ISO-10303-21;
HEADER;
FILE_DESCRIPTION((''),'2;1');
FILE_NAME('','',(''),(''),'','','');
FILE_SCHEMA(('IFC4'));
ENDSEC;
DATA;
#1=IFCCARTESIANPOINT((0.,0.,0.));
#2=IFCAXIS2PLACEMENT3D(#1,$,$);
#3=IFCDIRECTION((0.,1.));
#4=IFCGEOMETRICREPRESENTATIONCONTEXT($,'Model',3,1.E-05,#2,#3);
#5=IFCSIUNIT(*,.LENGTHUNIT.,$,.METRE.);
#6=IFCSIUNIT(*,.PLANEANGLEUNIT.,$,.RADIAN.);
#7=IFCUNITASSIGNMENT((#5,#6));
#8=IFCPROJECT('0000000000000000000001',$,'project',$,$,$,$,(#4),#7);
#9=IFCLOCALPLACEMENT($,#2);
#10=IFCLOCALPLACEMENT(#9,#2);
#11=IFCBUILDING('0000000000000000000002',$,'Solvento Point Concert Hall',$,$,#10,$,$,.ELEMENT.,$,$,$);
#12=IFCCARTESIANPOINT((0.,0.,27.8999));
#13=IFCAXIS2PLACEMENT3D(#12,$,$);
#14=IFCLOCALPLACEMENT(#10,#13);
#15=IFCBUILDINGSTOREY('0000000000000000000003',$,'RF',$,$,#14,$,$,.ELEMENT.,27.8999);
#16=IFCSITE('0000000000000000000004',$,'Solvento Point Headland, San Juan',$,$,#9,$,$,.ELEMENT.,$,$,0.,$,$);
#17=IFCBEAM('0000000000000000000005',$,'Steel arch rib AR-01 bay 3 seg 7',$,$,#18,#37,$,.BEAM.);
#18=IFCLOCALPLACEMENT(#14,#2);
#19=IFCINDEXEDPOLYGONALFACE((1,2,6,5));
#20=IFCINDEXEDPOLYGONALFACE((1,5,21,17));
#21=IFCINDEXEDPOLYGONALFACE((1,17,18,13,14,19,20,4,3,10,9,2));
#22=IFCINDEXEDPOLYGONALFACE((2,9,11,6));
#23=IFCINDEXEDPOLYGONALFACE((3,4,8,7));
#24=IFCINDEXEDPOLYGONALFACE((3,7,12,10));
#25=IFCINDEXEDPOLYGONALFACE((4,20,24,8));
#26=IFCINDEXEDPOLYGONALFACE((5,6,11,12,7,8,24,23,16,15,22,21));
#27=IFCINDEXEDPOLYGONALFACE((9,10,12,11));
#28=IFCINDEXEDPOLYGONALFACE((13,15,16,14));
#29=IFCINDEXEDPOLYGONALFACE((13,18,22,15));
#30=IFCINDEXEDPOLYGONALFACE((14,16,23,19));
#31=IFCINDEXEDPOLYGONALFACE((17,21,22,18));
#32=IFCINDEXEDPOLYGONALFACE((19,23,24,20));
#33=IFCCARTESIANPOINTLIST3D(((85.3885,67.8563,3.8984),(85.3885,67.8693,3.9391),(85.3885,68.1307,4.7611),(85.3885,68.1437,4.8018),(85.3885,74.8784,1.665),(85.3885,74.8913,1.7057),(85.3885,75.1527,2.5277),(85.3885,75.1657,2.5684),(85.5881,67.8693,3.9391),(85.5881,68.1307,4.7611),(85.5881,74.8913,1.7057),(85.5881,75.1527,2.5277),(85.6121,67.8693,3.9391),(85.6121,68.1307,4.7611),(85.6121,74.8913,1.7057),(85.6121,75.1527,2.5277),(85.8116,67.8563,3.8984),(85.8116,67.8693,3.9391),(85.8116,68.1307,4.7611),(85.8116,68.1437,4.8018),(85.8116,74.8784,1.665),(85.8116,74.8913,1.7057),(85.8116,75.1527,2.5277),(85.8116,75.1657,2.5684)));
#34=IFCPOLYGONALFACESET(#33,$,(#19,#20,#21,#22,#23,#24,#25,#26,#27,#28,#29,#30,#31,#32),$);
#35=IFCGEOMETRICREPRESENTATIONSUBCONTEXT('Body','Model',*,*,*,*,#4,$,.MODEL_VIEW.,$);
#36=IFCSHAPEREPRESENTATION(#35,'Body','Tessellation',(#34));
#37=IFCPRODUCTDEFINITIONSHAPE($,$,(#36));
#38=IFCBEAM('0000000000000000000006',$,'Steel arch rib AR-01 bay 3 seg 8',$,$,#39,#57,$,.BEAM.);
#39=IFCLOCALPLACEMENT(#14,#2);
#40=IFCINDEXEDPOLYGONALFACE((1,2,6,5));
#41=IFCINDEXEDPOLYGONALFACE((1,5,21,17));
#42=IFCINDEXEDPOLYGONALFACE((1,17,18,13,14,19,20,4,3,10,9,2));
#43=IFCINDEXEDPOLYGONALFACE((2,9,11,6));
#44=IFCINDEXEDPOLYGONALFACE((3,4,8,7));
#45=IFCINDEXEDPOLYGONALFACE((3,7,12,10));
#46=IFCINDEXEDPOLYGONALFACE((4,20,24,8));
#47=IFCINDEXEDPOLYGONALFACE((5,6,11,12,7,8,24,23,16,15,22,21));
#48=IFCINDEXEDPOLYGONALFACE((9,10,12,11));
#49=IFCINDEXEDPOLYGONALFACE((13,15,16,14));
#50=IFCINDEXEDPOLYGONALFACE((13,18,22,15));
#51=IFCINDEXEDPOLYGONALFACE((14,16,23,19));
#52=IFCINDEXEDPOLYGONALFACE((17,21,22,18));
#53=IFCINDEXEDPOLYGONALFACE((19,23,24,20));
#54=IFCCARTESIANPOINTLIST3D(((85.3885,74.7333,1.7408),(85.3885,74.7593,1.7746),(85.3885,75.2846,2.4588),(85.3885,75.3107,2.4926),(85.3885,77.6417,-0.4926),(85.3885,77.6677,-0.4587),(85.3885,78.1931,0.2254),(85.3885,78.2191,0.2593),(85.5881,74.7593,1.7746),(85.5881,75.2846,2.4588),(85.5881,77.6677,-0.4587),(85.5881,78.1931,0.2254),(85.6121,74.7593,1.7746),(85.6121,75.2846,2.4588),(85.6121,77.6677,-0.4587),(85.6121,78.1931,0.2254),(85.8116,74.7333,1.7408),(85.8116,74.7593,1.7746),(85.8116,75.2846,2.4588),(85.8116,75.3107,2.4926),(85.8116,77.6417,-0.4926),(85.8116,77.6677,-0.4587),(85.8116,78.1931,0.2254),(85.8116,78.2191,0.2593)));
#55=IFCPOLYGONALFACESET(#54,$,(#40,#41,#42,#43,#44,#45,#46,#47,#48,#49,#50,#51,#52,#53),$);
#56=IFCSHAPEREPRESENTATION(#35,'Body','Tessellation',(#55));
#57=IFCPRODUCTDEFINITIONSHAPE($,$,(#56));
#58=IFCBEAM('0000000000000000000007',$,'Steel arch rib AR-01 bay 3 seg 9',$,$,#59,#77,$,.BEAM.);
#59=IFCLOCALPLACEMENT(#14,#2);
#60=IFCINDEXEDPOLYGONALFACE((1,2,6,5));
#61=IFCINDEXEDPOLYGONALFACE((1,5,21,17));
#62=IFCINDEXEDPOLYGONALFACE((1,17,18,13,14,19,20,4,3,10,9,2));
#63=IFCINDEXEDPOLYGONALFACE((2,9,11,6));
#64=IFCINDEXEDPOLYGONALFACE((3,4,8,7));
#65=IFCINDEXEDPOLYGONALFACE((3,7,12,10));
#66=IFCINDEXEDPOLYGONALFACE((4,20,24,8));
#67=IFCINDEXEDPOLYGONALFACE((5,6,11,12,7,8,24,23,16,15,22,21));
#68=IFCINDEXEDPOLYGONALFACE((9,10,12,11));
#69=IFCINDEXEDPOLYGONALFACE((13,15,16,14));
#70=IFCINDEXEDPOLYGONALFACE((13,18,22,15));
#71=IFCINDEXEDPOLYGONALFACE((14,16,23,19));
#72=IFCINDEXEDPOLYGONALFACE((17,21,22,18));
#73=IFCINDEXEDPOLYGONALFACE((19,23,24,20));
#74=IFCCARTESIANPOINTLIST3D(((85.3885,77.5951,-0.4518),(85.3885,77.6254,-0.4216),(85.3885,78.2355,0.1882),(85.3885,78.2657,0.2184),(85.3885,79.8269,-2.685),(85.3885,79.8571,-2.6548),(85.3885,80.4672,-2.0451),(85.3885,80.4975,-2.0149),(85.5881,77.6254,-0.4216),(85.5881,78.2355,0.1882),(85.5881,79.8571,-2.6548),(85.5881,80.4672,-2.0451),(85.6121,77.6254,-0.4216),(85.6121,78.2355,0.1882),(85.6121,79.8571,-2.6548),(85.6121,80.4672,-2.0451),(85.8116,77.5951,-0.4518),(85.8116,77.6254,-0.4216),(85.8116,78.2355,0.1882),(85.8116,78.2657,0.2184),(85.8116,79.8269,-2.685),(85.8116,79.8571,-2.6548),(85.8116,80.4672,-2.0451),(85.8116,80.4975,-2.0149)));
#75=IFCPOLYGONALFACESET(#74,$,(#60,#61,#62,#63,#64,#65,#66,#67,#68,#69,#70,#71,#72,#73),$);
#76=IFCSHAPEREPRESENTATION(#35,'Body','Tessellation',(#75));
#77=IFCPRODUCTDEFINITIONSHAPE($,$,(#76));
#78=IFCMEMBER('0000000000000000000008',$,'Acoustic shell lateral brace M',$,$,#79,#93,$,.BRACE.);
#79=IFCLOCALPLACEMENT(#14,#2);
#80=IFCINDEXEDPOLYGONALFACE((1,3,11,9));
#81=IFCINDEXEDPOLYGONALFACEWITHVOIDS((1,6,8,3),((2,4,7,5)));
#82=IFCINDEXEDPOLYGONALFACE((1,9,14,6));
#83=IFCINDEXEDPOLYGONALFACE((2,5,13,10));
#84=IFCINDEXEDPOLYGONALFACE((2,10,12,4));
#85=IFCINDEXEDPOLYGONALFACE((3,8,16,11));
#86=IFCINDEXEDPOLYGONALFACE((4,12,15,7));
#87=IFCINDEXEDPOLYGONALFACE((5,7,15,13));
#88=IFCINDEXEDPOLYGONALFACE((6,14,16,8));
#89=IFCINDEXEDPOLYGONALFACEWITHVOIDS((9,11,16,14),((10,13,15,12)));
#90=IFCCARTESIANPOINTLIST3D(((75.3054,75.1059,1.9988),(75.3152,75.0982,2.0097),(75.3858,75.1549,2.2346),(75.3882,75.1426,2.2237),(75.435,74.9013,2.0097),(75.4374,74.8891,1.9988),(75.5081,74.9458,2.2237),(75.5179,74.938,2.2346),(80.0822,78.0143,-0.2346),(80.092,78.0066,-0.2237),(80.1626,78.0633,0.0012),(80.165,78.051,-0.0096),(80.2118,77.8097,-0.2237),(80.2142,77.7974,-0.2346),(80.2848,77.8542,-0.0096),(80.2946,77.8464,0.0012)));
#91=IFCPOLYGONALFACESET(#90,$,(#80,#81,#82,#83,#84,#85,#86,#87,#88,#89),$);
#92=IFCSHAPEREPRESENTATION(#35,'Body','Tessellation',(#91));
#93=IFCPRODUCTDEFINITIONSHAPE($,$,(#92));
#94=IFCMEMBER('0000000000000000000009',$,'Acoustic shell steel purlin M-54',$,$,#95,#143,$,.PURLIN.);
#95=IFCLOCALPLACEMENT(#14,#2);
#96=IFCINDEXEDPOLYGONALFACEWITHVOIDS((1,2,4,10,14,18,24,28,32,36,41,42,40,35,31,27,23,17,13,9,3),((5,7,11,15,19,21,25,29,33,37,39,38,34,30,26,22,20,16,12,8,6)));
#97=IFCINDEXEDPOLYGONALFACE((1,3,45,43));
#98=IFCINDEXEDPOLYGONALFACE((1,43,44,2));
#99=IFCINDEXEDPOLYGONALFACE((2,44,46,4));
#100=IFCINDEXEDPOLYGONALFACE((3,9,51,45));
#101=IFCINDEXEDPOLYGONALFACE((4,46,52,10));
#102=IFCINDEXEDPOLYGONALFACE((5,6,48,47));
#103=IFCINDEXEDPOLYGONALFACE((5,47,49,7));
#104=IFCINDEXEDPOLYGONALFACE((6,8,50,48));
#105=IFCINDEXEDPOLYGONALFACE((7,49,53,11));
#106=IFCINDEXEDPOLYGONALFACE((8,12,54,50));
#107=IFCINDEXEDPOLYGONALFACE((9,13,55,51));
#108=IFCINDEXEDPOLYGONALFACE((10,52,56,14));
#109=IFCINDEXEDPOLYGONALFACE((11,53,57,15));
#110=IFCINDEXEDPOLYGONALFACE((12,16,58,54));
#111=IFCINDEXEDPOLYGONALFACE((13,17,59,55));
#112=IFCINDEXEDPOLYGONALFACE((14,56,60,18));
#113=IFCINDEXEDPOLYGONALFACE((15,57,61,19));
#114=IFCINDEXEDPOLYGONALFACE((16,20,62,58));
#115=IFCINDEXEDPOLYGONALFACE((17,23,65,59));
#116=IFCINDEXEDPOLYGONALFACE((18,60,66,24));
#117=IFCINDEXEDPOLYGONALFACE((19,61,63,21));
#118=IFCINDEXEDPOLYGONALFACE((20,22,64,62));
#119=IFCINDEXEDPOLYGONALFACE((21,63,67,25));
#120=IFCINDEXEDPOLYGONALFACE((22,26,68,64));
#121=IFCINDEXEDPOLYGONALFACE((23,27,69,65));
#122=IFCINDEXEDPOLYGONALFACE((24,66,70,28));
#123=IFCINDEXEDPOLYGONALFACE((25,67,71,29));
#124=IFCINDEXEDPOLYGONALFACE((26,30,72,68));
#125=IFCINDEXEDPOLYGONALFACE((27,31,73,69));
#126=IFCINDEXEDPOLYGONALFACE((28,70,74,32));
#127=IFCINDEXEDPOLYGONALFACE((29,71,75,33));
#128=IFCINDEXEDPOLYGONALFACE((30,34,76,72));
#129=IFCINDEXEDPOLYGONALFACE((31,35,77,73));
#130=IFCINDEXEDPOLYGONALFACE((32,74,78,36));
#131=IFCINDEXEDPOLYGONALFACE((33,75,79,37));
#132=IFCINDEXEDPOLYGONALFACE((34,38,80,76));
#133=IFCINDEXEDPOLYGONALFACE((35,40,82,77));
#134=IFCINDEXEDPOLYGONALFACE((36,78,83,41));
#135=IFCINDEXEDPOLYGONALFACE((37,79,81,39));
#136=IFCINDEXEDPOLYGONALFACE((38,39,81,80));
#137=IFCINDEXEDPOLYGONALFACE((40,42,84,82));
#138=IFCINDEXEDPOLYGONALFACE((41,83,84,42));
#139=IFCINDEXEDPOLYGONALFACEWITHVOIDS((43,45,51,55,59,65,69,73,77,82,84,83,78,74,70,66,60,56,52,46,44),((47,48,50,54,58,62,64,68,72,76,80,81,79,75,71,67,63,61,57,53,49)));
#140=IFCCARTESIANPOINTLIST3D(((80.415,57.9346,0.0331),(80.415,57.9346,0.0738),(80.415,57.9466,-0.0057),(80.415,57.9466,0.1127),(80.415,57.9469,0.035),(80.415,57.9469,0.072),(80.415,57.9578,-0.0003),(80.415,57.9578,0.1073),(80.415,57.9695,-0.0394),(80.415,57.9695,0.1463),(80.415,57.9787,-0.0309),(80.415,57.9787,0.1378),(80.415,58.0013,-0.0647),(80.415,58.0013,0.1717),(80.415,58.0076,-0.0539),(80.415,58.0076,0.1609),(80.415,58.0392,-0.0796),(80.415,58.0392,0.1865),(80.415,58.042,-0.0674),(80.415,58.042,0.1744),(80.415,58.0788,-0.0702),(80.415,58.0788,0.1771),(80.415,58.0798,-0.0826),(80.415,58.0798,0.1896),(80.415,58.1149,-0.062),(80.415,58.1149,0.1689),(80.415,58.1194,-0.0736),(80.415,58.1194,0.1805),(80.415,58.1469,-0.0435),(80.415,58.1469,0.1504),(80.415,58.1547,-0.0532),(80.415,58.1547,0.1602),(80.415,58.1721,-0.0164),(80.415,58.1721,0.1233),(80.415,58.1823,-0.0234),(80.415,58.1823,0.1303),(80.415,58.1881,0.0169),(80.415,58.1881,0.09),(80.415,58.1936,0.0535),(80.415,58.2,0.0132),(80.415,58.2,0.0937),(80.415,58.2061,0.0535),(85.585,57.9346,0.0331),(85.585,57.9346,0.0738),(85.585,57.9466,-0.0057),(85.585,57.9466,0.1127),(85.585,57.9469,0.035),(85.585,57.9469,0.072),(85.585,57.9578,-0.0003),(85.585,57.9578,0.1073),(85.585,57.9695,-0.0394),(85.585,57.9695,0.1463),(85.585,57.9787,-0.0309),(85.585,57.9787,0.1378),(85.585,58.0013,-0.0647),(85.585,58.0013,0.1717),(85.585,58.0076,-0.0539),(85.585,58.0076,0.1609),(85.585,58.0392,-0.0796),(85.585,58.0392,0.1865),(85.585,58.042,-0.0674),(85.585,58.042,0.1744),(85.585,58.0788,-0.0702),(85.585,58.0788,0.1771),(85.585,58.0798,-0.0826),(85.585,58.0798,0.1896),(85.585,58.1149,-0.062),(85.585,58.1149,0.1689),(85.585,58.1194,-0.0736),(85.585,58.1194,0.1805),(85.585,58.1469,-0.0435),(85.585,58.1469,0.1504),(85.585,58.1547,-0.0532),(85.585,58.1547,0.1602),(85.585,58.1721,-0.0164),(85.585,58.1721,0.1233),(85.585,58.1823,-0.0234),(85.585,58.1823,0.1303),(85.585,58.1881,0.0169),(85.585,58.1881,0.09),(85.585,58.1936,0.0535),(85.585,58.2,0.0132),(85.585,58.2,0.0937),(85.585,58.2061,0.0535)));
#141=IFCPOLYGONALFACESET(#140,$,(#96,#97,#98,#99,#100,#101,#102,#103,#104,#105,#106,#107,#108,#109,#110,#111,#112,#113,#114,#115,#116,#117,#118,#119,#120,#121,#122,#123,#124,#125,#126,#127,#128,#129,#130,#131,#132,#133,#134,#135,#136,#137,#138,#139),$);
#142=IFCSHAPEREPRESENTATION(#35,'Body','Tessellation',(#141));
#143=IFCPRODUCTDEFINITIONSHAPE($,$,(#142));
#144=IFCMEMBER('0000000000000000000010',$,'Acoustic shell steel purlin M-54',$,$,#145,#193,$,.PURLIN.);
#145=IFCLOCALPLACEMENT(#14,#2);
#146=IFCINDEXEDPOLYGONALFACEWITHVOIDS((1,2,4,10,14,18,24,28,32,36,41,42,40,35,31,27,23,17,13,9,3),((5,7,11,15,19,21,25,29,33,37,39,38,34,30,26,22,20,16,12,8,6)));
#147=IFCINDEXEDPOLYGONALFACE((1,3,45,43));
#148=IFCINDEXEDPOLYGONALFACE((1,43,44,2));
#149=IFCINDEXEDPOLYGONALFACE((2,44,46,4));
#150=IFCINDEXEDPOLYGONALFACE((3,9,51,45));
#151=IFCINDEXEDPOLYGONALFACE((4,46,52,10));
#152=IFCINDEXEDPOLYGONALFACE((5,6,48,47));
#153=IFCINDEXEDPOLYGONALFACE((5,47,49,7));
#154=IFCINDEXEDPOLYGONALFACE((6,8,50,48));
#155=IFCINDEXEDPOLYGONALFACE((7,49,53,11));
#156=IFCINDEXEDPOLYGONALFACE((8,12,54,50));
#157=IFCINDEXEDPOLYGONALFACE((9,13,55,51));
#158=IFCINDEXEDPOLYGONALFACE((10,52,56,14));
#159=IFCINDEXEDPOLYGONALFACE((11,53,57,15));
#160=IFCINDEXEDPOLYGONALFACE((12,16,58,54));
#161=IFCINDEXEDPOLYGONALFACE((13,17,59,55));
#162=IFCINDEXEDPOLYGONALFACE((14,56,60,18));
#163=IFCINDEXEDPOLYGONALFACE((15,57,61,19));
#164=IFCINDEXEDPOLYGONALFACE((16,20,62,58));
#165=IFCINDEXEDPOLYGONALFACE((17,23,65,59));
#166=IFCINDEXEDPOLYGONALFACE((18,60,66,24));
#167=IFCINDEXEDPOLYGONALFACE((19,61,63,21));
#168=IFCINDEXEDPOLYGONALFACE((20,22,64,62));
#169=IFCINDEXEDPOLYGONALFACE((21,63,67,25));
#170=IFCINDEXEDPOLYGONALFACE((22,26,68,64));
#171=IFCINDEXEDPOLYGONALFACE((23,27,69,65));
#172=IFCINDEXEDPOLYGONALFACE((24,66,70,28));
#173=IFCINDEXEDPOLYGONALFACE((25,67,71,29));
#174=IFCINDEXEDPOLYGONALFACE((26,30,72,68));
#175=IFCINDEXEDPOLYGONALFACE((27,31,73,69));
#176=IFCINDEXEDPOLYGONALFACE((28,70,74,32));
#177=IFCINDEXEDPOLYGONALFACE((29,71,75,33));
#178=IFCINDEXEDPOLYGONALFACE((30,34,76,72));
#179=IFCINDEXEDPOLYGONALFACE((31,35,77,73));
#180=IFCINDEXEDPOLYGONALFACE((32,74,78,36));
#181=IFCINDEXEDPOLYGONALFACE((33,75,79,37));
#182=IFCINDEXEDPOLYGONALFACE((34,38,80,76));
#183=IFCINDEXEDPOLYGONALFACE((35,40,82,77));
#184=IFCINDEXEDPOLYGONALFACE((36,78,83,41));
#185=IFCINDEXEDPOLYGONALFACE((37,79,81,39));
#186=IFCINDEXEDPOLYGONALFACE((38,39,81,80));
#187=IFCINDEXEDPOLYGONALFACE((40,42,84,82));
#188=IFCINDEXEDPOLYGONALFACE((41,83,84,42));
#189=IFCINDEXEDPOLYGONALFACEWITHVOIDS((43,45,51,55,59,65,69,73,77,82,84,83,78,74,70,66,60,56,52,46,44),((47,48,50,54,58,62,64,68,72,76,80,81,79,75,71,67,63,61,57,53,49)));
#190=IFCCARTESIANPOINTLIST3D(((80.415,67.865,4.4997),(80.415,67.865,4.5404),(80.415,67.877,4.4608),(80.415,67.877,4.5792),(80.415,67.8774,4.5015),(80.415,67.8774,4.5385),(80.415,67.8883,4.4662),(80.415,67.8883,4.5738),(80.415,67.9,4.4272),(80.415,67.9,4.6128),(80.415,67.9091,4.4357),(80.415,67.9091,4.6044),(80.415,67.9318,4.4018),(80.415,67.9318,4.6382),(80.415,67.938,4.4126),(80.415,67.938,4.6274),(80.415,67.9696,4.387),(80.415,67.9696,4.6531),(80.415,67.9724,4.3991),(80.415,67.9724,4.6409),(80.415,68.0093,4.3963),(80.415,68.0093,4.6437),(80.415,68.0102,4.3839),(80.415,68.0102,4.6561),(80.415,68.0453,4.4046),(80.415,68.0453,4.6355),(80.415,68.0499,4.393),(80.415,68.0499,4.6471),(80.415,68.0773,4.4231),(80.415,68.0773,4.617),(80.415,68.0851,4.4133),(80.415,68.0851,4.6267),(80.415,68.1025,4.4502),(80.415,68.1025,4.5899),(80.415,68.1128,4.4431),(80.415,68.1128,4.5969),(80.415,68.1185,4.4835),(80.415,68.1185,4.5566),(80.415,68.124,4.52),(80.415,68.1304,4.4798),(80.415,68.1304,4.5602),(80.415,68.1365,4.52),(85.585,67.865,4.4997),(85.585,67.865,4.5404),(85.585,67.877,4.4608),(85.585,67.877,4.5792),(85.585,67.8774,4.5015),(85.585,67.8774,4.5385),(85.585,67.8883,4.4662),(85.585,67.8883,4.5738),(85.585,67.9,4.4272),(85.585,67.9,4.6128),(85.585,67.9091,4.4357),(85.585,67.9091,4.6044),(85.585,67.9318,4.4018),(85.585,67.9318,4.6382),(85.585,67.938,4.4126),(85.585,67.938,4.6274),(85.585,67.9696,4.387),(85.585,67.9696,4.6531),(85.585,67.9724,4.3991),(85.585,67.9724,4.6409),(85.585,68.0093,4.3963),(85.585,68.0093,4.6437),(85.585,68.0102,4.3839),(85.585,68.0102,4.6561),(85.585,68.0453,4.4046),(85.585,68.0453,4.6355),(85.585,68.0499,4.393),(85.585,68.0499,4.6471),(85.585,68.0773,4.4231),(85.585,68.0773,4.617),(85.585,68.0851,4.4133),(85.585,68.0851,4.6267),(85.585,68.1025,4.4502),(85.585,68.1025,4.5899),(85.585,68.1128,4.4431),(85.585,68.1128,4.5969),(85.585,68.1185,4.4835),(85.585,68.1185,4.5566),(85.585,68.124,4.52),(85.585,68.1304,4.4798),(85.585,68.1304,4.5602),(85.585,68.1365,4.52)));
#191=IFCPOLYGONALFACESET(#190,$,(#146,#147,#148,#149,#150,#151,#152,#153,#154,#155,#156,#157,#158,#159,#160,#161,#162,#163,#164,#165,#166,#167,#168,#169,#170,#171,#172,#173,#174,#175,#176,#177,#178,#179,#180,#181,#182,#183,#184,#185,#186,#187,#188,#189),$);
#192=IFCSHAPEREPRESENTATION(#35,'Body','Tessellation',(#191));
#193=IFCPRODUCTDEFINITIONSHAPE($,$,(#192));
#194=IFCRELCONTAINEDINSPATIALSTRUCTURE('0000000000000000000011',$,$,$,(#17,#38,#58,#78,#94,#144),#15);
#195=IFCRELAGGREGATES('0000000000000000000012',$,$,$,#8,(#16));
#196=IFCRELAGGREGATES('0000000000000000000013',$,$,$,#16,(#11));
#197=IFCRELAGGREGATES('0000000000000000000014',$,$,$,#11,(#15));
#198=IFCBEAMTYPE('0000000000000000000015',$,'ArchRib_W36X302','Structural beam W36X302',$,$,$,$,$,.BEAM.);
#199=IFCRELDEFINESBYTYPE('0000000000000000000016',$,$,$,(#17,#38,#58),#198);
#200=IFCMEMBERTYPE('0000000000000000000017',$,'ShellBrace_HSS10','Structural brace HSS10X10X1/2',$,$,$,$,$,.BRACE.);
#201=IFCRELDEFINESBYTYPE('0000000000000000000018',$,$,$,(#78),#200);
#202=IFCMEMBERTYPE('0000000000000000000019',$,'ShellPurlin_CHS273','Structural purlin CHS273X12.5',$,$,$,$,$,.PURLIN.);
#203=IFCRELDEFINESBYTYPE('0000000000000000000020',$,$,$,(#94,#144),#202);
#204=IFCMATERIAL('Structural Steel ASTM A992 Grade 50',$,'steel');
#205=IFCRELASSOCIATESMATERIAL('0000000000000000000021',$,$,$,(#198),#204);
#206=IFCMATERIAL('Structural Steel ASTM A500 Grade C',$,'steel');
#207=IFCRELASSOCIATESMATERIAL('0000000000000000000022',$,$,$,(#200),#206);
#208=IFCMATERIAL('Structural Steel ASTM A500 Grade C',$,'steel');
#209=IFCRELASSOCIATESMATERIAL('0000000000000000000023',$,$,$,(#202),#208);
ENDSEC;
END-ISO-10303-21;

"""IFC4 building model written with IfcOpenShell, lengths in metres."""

from ifc_helpers import new_model, si_unit, direction, frame, origin, origin_2d, place, context, subcontext, project, spatial, hollow_rectangle, hollow_circle, i_section, extrude, material, material_profile, profile_set, type_object, element, save


model = new_model("IFC4")

# Units and contexts
model_context = context("Model", 3, precision=1e-05, world=origin(), true_north=direction((0.0, 1.0)))
body_context = subcontext(model_context, "Body", "Model", "MODEL_VIEW")
ifc_project = project(units=[si_unit("LENGTHUNIT", "METRE"), si_unit("PLANEANGLEUNIT", "RADIAN")], contexts=[model_context])

# Site, building, storey
site_placement = place(None, origin())
site = spatial("IfcSite", under=ifc_project, at=site_placement, Name="Solvento Point Headland, San Juan", CompositionType="ELEMENT", RefElevation=0.0)
building_placement = place(site_placement, origin())
building = spatial("IfcBuilding", under=site, at=building_placement, Name="Solvento Point Concert Hall", CompositionType="ELEMENT")
storey_placement = place(building_placement, frame((0.0, 0.0, 27.8999)))
storey = spatial("IfcBuildingStorey", under=building, at=storey_placement, Name="RF", CompositionType="ELEMENT", Elevation=27.8999)

# Beams
ifc_material_1 = material(Name="Structural Steel ASTM A992 Grade 50", Category="steel")
ifc_material_profile_1 = material_profile(ifc_material_1, i_section(OverallWidth=0.4231, OverallDepth=0.948, WebThickness=0.0239, FlangeThickness=0.0427, at=origin_2d()), Name="W36X302")
ifc_profile_set_1 = profile_set([ifc_material_profile_1], Name="Structural Steel ASTM A992 Grade 50")
beam_type = type_object("IfcBeamType", Name="ArchRib_W36X302", Description="Structural beam W36X302", PredefinedType="BEAM", material=ifc_profile_set_1)
for number, where, z_axis, x_axis, name in (
    (1, (85.6001, 68.0, 4.3501), (0.0, 0.95296, -0.303097), (-1.0, 0.0, 0.0), "Steel arch rib AR-01 bay 3 seg 7"),
):
    element("IfcBeam", number, at=place(storey_placement, frame(where, z_axis=z_axis, x_axis=x_axis)), inside=storey, type_object=beam_type, Name=name, PredefinedType="BEAM", context=body_context, shape_type="SweptSolid", body=[
        extrude(i_section(OverallWidth=0.4231, OverallDepth=0.948, WebThickness=0.0239, FlangeThickness=0.0427, at=origin_2d()), origin(), (0.0, 0.0, 1.0), 7.3687),
    ])
beam_1_placement = place(storey_placement, frame((85.6001, 75.022, 2.1167), z_axis=(0.0, 0.793134, -0.609048), x_axis=(-1.0, 0.0, 0.0)))
element("IfcBeam", 2, at=beam_1_placement, inside=storey, type_object=beam_type, Name="Steel arch rib AR-01 bay 3 seg 8", PredefinedType="BEAM", context=body_context, shape_type="SweptSolid", body=[
    extrude(i_section(OverallWidth=0.4231, OverallDepth=0.948, WebThickness=0.0239, FlangeThickness=0.0427, at=origin_2d()), origin(), (0.0, 0.0, 1.0), 3.667),
])
beam_2_placement = place(storey_placement, frame((85.6001, 77.9304, -0.1167), z_axis=(0.0, 0.706875, -0.707339), x_axis=(-1.0, 0.0, 0.0)))
element("IfcBeam", 3, at=beam_2_placement, inside=storey, type_object=beam_type, Name="Steel arch rib AR-01 bay 3 seg 9", PredefinedType="BEAM", context=body_context, shape_type="SweptSolid", body=[
    extrude(i_section(OverallWidth=0.4231, OverallDepth=0.948, WebThickness=0.0239, FlangeThickness=0.0427, at=origin_2d()), origin(), (0.0, 0.0, 1.0), 3.1572),
])

# Members
ifc_material_2 = material(Name="Structural Steel ASTM A500 Grade C", Category="steel")
ifc_material_profile_2 = material_profile(ifc_material_2, hollow_rectangle(XDim=0.2539, YDim=0.2539, WallThickness=0.0117, at=origin_2d()), Name="HSS10X10X1/2")
ifc_profile_set_2 = profile_set([ifc_material_profile_2], Name="Structural Steel ASTM A500 Grade C")
member_type_1 = type_object("IfcMemberType", Name="ShellBrace_HSS10", Description="Structural brace HSS10X10X1/2", PredefinedType="BRACE", material=ifc_profile_set_2)
member_placement = place(storey_placement, frame((75.4116, 75.022, 2.1167), z_axis=(0.793223, 0.482964, -0.370868), x_axis=(-0.520051, 0.854135, 0.0)))
element("IfcMember", 4, at=member_placement, inside=storey, type_object=member_type_1, Name="Acoustic shell lateral brace M", PredefinedType="BRACE", context=body_context, shape_type="SweptSolid", body=[
    extrude(hollow_rectangle(XDim=0.2539, YDim=0.2539, WallThickness=0.0117, at=origin_2d()), origin(), (0.0, 0.0, 1.0), 6.022),
])
ifc_material_3 = material(Name="Structural Steel ASTM A500 Grade C", Category="steel")
ifc_material_profile_3 = material_profile(ifc_material_3, hollow_circle(Radius=0.1365, WallThickness=0.0125, at=origin_2d()), Name="CHS273X12.5")
ifc_profile_set_3 = profile_set([ifc_material_profile_3], Name="Structural Steel ASTM A500 Grade C")
member_type_2 = type_object("IfcMemberType", Name="ShellPurlin_CHS273", Description="Structural purlin CHS273X12.5", PredefinedType="PURLIN", material=ifc_profile_set_3)
for number, where, z_axis, x_axis, name in (
    (5, (80.415, 58.0696, 0.0535), (1.0, 0.0, 0.0), (0.0, 1.0, 0.0), "Acoustic shell steel purlin M-54"),
    (6, (80.415, 68.0, 4.52), (1.0, 0.0, 0.0), (0.0, 1.0, 0.0), "Acoustic shell steel purlin M-54"),
):
    element("IfcMember", number, at=place(storey_placement, frame(where, z_axis=z_axis, x_axis=x_axis)), inside=storey, type_object=member_type_2, Name=name, PredefinedType="PURLIN", context=body_context, shape_type="SweptSolid", body=[
        extrude(hollow_circle(Radius=0.1365, WallThickness=0.0125, at=origin_2d()), origin(), (0.0, 0.0, 1.0), 5.1699),
    ])

save(model, "model.ifc")
